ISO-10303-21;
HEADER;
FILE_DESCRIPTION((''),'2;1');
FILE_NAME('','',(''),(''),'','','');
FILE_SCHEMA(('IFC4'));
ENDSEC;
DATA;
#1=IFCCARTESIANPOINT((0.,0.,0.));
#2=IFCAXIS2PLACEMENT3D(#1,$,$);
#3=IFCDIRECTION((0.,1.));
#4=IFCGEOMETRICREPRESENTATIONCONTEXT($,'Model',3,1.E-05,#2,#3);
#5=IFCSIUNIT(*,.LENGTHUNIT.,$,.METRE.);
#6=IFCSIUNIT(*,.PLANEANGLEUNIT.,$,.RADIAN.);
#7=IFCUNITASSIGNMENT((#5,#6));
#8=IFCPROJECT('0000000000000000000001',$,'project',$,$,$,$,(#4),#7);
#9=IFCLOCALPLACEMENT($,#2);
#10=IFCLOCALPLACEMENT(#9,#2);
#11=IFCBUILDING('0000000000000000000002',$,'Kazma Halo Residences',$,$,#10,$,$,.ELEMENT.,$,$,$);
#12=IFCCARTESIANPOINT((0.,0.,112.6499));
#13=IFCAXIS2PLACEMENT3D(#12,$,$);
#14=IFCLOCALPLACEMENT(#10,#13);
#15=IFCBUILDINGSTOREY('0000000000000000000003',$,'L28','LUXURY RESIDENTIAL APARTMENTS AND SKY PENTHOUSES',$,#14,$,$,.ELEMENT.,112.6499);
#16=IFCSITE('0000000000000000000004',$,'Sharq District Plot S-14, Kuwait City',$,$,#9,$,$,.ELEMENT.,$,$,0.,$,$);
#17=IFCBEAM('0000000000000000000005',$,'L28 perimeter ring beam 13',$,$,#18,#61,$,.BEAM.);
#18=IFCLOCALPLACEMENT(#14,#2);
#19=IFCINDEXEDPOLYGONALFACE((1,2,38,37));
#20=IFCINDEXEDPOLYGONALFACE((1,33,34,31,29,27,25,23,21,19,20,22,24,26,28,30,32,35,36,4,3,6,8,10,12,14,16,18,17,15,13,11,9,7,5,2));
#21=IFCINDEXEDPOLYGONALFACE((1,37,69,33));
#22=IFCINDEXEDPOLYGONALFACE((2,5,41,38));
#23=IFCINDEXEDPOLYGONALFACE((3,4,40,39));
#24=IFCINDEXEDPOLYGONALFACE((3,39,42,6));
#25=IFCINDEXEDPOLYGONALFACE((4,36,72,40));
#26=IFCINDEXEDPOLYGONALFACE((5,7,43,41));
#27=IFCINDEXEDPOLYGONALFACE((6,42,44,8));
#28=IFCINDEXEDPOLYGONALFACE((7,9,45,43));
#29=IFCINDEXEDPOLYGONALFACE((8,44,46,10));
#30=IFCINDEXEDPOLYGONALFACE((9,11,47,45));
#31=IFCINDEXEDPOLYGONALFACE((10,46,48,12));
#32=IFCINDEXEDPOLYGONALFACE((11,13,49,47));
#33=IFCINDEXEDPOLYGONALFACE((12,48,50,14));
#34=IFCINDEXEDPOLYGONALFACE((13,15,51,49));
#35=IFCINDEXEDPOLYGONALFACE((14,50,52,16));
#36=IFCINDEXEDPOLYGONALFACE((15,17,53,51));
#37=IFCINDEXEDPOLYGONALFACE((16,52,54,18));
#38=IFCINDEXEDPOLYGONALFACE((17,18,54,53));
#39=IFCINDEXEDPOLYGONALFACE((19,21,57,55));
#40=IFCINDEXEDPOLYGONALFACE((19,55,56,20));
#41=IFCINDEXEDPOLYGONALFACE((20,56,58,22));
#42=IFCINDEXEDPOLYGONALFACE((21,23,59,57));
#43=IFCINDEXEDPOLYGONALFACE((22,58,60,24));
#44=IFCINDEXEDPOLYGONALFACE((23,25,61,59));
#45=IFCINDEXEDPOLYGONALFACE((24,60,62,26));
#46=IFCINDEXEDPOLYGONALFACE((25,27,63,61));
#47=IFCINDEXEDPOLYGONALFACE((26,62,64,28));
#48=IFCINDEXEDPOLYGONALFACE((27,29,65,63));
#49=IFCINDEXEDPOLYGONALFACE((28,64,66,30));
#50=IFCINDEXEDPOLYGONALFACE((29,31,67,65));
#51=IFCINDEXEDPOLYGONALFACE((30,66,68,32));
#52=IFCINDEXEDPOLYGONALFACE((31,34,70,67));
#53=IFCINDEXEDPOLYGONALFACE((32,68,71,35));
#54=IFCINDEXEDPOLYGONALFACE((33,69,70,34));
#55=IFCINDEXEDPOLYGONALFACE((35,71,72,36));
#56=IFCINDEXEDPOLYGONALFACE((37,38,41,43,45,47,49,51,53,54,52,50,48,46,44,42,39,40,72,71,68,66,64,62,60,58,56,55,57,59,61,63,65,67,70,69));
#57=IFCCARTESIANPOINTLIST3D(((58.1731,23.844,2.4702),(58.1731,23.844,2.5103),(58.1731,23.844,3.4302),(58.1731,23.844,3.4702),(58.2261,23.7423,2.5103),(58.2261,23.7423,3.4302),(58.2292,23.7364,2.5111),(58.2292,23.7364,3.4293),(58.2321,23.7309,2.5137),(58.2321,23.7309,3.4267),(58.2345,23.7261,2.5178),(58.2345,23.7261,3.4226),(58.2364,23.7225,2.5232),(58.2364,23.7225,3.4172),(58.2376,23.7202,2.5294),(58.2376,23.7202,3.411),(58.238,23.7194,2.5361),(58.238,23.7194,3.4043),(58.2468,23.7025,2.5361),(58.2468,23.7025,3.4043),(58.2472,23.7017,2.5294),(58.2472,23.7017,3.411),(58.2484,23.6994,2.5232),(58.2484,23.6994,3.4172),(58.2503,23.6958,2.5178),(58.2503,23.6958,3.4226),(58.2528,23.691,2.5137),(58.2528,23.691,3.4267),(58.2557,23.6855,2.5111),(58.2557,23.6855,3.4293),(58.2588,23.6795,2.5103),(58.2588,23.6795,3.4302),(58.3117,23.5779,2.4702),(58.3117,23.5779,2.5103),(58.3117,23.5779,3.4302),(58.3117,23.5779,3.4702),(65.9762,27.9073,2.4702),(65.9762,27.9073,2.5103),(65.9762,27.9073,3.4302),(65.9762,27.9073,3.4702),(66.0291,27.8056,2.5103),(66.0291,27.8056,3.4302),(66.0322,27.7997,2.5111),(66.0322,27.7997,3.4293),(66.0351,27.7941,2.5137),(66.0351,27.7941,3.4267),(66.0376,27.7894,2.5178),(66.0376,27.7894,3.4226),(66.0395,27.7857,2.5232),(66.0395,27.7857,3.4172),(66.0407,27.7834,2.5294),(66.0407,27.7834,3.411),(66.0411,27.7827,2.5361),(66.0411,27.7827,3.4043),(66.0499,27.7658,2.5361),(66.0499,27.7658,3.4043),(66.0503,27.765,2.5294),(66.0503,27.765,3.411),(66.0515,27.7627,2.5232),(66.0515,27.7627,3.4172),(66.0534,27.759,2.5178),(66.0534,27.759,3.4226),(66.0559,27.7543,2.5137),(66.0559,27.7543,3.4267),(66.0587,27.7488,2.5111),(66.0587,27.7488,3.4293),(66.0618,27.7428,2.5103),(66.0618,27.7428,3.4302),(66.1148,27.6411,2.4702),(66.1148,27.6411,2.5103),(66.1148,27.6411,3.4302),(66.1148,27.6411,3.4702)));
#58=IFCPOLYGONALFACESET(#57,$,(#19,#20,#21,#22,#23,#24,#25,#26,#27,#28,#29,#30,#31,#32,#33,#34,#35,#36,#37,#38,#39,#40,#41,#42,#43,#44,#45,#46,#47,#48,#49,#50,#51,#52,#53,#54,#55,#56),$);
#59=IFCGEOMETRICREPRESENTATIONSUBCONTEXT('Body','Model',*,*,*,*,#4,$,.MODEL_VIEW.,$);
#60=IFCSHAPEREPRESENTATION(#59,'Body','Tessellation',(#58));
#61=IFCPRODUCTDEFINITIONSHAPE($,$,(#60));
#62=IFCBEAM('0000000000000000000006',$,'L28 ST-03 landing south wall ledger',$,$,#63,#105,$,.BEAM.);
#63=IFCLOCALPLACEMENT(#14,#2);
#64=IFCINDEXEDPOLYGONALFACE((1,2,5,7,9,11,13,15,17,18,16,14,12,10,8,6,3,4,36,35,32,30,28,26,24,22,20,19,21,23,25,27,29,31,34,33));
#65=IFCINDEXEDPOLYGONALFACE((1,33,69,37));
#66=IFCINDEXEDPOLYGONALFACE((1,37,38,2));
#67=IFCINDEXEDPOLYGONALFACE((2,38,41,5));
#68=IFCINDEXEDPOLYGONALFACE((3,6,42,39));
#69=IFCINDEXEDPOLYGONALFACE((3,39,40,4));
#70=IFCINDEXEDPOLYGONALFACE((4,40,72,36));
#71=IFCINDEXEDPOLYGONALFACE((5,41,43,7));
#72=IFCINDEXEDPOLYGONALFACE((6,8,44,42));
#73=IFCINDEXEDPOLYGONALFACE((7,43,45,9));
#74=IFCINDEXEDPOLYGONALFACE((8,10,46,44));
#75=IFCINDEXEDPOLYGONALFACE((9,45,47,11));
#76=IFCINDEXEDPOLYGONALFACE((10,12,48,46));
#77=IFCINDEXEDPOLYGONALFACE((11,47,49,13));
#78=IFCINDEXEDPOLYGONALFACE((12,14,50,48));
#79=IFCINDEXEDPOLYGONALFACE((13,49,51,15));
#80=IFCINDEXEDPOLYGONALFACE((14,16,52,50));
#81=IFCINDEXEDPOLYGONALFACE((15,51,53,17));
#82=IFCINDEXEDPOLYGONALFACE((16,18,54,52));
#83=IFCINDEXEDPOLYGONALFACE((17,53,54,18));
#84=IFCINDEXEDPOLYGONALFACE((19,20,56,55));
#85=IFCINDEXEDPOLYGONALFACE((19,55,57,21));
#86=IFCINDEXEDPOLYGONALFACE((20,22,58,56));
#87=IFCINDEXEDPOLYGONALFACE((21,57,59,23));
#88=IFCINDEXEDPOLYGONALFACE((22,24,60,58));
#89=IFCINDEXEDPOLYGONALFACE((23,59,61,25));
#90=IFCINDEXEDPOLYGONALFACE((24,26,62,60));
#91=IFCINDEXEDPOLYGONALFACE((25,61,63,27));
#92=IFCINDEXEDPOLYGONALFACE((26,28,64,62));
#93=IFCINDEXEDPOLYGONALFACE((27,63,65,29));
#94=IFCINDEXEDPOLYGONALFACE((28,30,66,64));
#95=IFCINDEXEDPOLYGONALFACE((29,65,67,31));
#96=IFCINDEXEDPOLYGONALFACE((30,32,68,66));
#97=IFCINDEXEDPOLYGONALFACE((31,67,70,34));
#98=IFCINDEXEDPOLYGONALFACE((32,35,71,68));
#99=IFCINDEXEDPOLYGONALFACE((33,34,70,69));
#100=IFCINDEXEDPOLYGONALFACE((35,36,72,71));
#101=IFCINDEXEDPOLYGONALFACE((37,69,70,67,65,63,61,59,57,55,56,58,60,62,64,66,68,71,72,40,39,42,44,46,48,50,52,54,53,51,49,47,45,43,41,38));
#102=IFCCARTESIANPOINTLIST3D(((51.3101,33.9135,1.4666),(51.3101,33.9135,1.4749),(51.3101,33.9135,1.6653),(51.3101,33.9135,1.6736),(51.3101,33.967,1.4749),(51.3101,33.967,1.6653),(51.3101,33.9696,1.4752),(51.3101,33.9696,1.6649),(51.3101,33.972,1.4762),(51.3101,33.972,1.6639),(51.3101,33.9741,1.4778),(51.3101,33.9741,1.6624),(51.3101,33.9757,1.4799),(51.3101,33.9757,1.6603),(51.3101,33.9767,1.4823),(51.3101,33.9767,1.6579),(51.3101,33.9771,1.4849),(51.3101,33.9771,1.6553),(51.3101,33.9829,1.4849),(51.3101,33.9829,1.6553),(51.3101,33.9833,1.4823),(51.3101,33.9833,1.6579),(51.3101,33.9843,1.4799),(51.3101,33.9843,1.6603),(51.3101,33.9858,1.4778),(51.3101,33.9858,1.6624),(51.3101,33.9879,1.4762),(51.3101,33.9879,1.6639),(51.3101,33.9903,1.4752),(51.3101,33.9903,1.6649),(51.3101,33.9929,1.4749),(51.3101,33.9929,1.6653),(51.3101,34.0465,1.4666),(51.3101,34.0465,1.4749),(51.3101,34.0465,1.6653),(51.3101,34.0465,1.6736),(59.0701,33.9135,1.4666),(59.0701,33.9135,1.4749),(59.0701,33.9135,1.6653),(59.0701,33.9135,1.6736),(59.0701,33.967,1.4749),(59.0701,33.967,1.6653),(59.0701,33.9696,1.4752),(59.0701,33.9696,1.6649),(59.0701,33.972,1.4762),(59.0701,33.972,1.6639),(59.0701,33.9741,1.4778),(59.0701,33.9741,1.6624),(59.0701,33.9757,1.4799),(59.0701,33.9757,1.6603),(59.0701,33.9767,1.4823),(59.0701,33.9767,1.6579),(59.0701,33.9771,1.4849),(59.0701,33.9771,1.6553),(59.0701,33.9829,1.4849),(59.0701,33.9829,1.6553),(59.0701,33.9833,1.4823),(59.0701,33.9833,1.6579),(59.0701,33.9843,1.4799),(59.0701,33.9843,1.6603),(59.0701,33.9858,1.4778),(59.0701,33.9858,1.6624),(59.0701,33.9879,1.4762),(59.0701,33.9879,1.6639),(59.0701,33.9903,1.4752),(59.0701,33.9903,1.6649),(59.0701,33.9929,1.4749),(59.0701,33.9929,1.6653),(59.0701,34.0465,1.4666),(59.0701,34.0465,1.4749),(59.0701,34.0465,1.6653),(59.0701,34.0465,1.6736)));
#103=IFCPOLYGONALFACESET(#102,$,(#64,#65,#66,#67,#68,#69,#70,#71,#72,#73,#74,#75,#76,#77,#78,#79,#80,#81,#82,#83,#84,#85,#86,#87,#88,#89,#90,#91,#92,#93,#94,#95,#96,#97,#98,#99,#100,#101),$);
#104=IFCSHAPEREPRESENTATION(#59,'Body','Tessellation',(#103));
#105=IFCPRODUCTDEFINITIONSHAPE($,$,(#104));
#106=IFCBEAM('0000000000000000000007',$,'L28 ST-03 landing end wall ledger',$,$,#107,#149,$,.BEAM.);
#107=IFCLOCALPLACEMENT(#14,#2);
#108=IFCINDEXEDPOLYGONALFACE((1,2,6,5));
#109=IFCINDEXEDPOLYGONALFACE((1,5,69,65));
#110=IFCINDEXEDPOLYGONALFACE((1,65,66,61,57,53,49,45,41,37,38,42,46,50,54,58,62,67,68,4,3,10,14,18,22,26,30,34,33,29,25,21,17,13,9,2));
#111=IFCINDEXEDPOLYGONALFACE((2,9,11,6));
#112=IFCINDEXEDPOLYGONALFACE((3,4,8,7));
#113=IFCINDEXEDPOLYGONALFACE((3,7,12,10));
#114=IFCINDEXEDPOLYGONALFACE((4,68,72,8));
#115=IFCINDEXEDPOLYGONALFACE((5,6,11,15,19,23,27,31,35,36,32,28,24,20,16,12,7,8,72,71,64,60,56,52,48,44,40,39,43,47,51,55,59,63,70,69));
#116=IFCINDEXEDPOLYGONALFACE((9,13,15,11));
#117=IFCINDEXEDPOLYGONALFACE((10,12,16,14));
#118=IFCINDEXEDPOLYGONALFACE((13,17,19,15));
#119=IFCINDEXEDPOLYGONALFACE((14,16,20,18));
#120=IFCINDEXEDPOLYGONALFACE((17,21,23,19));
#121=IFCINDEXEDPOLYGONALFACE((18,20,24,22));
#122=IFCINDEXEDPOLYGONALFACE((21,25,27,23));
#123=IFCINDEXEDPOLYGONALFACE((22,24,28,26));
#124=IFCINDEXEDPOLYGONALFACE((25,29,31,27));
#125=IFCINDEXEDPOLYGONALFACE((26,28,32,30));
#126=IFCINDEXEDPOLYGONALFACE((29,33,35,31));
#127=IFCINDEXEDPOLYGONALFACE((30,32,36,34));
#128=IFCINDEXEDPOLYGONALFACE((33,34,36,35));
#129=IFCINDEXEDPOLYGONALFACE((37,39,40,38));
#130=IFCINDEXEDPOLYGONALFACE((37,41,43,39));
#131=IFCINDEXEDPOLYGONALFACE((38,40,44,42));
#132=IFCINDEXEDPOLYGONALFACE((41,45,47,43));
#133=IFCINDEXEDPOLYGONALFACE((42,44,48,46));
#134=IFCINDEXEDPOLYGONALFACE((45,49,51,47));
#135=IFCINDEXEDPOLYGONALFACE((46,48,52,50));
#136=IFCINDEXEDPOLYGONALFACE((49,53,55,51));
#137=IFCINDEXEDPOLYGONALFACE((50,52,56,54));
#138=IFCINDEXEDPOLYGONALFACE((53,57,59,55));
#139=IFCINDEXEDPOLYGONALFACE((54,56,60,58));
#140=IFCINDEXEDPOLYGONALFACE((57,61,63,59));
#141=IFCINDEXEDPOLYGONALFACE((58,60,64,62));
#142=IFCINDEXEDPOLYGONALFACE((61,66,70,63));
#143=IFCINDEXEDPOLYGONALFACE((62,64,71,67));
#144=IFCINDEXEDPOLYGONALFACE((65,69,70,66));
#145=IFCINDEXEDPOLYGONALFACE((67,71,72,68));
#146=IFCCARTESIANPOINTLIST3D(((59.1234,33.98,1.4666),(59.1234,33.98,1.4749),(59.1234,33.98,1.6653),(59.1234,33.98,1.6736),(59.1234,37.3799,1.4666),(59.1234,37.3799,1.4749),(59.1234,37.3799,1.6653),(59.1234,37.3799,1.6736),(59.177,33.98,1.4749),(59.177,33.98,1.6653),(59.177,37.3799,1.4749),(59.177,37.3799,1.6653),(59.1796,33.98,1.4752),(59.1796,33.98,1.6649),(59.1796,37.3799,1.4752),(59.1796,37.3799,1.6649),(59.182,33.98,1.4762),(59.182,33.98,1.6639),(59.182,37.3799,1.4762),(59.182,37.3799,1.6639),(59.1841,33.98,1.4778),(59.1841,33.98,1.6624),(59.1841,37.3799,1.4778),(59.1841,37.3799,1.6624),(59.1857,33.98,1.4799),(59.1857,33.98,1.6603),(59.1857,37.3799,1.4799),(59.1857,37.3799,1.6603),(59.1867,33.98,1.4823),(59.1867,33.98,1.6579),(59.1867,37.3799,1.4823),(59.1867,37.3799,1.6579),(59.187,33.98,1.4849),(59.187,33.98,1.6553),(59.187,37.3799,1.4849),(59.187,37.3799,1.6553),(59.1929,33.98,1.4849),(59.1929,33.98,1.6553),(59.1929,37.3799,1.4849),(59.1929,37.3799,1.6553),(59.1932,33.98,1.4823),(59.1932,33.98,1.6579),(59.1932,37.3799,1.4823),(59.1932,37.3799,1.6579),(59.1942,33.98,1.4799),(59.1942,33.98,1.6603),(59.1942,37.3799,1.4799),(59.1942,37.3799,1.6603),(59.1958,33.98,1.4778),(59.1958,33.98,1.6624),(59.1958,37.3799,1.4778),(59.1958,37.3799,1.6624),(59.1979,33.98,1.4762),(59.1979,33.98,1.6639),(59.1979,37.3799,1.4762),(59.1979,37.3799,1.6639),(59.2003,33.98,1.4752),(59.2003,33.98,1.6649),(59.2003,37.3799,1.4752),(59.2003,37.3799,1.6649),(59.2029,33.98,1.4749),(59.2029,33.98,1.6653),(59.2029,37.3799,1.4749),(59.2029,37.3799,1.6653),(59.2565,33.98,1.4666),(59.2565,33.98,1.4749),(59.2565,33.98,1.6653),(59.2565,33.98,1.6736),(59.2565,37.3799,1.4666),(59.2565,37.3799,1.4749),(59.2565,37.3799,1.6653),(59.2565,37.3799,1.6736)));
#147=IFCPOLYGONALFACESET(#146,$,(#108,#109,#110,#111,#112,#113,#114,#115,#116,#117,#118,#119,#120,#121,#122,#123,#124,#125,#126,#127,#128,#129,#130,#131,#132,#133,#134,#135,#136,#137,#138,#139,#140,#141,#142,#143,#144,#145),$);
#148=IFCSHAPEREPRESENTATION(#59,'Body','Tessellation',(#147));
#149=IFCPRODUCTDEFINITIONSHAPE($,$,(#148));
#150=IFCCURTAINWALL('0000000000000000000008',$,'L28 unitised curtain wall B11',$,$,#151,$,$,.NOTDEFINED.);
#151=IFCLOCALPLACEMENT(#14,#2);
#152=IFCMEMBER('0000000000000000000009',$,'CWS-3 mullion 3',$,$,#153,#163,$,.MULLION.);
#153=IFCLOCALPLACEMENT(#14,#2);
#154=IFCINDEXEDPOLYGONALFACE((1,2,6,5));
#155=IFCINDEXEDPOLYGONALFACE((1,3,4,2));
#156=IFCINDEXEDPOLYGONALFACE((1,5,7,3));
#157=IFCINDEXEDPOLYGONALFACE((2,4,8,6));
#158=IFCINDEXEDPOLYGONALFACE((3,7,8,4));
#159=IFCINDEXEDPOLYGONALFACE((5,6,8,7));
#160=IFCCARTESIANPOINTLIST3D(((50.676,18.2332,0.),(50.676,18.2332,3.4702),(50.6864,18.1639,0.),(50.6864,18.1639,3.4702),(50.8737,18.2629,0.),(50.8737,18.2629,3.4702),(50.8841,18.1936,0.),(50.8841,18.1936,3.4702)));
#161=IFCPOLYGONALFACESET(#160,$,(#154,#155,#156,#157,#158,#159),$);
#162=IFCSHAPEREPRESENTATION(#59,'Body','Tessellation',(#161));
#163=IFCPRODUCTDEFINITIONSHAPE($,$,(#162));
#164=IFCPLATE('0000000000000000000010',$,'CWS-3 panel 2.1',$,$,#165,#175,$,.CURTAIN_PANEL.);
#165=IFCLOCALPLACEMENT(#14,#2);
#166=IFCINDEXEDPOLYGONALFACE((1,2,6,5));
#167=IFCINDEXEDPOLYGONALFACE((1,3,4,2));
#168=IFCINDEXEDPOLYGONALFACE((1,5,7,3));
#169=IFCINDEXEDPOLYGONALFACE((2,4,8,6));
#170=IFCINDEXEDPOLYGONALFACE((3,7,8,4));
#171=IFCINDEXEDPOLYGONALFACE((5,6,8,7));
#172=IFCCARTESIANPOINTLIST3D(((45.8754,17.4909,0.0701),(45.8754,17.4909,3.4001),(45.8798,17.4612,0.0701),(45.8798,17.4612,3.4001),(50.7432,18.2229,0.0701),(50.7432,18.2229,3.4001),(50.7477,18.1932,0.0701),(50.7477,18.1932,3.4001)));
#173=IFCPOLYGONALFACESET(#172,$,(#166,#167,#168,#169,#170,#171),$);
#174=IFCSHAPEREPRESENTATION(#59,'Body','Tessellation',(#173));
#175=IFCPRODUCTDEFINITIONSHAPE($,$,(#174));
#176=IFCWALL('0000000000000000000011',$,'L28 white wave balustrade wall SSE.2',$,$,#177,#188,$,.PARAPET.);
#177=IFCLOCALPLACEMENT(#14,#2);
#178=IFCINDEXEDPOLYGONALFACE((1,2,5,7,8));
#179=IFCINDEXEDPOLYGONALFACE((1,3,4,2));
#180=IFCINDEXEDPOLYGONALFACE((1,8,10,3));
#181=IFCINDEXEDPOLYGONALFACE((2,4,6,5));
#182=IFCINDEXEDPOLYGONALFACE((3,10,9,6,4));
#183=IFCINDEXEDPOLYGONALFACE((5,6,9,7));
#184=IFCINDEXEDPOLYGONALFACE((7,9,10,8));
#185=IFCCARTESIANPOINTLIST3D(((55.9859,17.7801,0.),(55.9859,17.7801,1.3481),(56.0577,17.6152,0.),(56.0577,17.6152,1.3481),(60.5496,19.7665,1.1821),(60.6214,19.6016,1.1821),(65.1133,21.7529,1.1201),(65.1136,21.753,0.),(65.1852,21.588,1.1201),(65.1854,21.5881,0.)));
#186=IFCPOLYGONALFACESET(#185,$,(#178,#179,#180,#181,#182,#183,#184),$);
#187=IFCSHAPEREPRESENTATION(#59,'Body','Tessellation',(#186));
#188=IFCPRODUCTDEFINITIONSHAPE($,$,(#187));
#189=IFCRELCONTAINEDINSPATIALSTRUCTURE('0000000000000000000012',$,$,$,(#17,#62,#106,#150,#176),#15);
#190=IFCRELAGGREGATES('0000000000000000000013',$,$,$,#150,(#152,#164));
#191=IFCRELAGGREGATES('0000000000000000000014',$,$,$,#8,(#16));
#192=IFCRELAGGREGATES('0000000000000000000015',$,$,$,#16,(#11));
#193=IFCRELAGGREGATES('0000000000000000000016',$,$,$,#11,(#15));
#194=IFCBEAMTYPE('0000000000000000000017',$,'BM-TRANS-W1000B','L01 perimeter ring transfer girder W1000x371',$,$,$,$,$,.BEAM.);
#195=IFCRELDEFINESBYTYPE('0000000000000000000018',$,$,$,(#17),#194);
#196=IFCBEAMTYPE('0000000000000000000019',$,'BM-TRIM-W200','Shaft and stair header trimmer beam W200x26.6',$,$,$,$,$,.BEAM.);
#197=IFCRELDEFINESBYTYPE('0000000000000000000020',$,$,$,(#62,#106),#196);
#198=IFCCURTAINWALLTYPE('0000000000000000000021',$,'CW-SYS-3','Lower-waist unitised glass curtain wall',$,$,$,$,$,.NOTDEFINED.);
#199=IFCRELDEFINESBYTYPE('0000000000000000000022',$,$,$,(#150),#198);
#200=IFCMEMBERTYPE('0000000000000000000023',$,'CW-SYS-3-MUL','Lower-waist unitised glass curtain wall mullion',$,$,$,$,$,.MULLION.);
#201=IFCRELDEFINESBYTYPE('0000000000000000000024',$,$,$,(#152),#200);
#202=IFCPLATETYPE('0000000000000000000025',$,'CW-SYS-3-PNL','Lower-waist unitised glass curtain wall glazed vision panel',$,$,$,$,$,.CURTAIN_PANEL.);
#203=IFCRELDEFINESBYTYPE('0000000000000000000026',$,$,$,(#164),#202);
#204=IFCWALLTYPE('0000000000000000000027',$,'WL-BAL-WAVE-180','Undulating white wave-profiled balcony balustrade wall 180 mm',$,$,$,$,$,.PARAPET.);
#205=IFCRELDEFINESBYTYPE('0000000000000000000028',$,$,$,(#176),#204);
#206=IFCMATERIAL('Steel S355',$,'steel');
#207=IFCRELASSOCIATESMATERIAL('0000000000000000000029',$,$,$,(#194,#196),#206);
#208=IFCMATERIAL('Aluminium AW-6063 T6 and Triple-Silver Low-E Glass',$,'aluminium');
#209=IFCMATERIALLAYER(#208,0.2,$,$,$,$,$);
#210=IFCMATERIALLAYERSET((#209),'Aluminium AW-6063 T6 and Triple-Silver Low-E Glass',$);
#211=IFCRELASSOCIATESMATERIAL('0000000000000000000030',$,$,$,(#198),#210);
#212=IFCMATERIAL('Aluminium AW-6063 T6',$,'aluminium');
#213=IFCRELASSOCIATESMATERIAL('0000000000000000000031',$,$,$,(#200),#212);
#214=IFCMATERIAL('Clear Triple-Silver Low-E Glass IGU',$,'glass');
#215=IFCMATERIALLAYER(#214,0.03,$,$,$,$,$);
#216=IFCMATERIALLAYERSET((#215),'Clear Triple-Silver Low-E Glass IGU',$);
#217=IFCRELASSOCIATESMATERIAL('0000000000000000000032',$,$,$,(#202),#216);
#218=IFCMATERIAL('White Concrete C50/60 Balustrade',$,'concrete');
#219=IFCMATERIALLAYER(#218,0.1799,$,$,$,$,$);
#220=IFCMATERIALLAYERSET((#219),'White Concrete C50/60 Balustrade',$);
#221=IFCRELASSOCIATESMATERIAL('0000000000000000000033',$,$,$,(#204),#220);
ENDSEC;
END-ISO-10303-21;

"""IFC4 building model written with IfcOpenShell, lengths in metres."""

from ifc_helpers import new_model, si_unit, direction, frame, origin, origin_2d, place, context, subcontext, project, spatial, polyline, rectangle, i_section, outline, extrude, material, layer, layer_set, material_profile, profile_set, type_object, element, aggregate, save


model = new_model("IFC4")

# Units and contexts
model_context = context("Model", 3, precision=1e-05, world=origin(), true_north=direction((0.0, 1.0)))
body_context = subcontext(model_context, "Body", "Model", "MODEL_VIEW")
ifc_project = project(units=[si_unit("LENGTHUNIT", "METRE"), si_unit("PLANEANGLEUNIT", "RADIAN")], contexts=[model_context])

# Site, building, storey
site_placement = place(None, origin())
site = spatial("IfcSite", under=ifc_project, at=site_placement, Name="Sharq District Plot S-14, Kuwait City", CompositionType="ELEMENT", RefElevation=0.0)
building_placement = place(site_placement, origin())
building = spatial("IfcBuilding", under=site, at=building_placement, Name="Kazma Halo Residences", CompositionType="ELEMENT")
storey_placement = place(building_placement, frame((0.0, 0.0, 112.6499)))
storey = spatial("IfcBuildingStorey", under=building, at=storey_placement, Name="L28", Description="LUXURY RESIDENTIAL APARTMENTS AND SKY PENTHOUSES", CompositionType="ELEMENT", Elevation=112.6499)

# Beams
ifc_material_1 = material(Name="Steel S355", Category="steel")
ifc_material_profile_1 = material_profile(ifc_material_1, i_section(OverallWidth=0.3, OverallDepth=1.0, WebThickness=0.019, FlangeThickness=0.04, FilletRadius=0.0259, at=origin_2d()), Name="W1000x371")
ifc_profile_set_1 = profile_set([ifc_material_profile_1], Name="Steel S355")
beam_type_1 = type_object("IfcBeamType", Name="BM-TRANS-W1000B", Description="L01 perimeter ring transfer girder W1000x371", PredefinedType="BEAM", material=ifc_profile_set_1)
beam_1_placement = place(storey_placement, frame((58.2424, 23.7109, 2.9702), z_axis=(0.886952, 0.461861, 0.0), x_axis=(-0.461861, 0.886952, 0.0)))
element("IfcBeam", 1, at=beam_1_placement, inside=storey, type_object=beam_type_1, Name="L28 perimeter ring beam 13", PredefinedType="BEAM", context=body_context, shape_type="SweptSolid", body=[
    extrude(i_section(OverallWidth=0.3, OverallDepth=1.0, WebThickness=0.019, FlangeThickness=0.04, FilletRadius=0.0259, at=origin_2d()), origin(), (0.0, 0.0, 1.0), 8.7976),
])
ifc_material_profile_2 = material_profile(ifc_material_1, i_section(OverallWidth=0.1331, OverallDepth=0.207, WebThickness=0.0059, FlangeThickness=0.0083, FilletRadius=0.01, at=origin_2d()), Name="W200x26.6")
ifc_profile_set_2 = profile_set([ifc_material_profile_2], Name="Steel S355")
beam_type_2 = type_object("IfcBeamType", Name="BM-TRIM-W200", Description="Shaft and stair header trimmer beam W200x26.6", PredefinedType="BEAM", material=ifc_profile_set_2)
beam_2_placement = place(storey_placement, frame((51.3101, 33.98, 1.5701), z_axis=(1.0, 0.0, 0.0), x_axis=(0.0, 1.0, 0.0)))
element("IfcBeam", 2, at=beam_2_placement, inside=storey, type_object=beam_type_2, Name="L28 ST-03 landing south wall ledger", PredefinedType="BEAM", context=body_context, shape_type="SweptSolid", body=[
    extrude(i_section(OverallWidth=0.1331, OverallDepth=0.207, WebThickness=0.0059, FlangeThickness=0.0083, FilletRadius=0.01, at=origin_2d()), origin(), (0.0, 0.0, 1.0), 7.76),
])
beam_3_placement = place(storey_placement, frame((59.1899, 33.98, 1.5701), z_axis=(0.0, 1.0, 0.0), x_axis=(-1.0, 0.0, 0.0)))
element("IfcBeam", 3, at=beam_3_placement, inside=storey, type_object=beam_type_2, Name="L28 ST-03 landing end wall ledger", PredefinedType="BEAM", context=body_context, shape_type="SweptSolid", body=[
    extrude(i_section(OverallWidth=0.1331, OverallDepth=0.207, WebThickness=0.0059, FlangeThickness=0.0083, FilletRadius=0.01, at=origin_2d()), origin(), (0.0, 0.0, 1.0), 3.3999),
])

# Curtain wall, member, plate
ifc_material_2 = material(Name="Aluminium AW-6063 T6 and Triple-Silver Low-E Glass", Category="aluminium")
ifc_layer_1 = layer(ifc_material_2, 0.2)
ifc_layer_set_1 = layer_set([ifc_layer_1], Name="Aluminium AW-6063 T6 and Triple-Silver Low-E Glass")
curtain_wall_type = type_object("IfcCurtainWallType", Name="CW-SYS-3", Description="Lower-waist unitised glass curtain wall", PredefinedType="NOTDEFINED", material=ifc_layer_set_1)
curtain_wall_placement = place(storey_placement, origin())
curtain_wall = element("IfcCurtainWall", 4, at=curtain_wall_placement, inside=storey, type_object=curtain_wall_type, Name="L28 unitised curtain wall B11", PredefinedType="NOTDEFINED")
ifc_material_3 = material(Name="Aluminium AW-6063 T6", Category="aluminium")
ifc_material_profile_3 = material_profile(ifc_material_3, rectangle(XDim=0.0701, YDim=0.2, at=origin_2d()), Name="CWM-70x200")
ifc_profile_set_3 = profile_set([ifc_material_profile_3], Name="Aluminium AW-6063 T6")
member_type = type_object("IfcMemberType", Name="CW-SYS-3-MUL", Description="Lower-waist unitised glass curtain wall mullion", PredefinedType="MULLION", material=ifc_profile_set_3)
member_placement = place(storey_placement, frame((50.78, 18.2134, 0.0), z_axis=(0.0, 0.0, 1.0), x_axis=(-0.148717, 0.98888, 0.0)))
member = element("IfcMember", 5, at=member_placement, type_object=member_type, Name="CWS-3 mullion 3", PredefinedType="MULLION", context=body_context, shape_type="SweptSolid", body=[
    extrude(rectangle(XDim=0.0701, YDim=0.2, at=origin_2d()), origin(), (0.0, 0.0, 1.0), 3.4702),
])
ifc_material_4 = material(Name="Clear Triple-Silver Low-E Glass IGU", Category="glass")
ifc_layer_2 = layer(ifc_material_4, 0.03)
ifc_layer_set_2 = layer_set([ifc_layer_2], Name="Clear Triple-Silver Low-E Glass IGU")
plate_type = type_object("IfcPlateType", Name="CW-SYS-3-PNL", Description="Lower-waist unitised glass curtain wall glazed vision panel", PredefinedType="CURTAIN_PANEL", material=ifc_layer_set_2)
plate_placement = place(storey_placement, frame((48.3115, 17.842, 0.0701), z_axis=(0.0, 0.0, 1.0), x_axis=(0.98888, 0.148717, 0.0)))
plate = element("IfcPlate", 6, at=plate_placement, type_object=plate_type, Name="CWS-3 panel 2.1", PredefinedType="CURTAIN_PANEL", context=body_context, shape_type="SweptSolid", body=[
    extrude(rectangle(XDim=4.9226, YDim=0.03, at=origin_2d()), origin(), (0.0, 0.0, 1.0), 3.3301),
])
aggregate(curtain_wall, [member, plate])

# Wall
ifc_material_5 = material(Name="White Concrete C50/60 Balustrade", Category="concrete")
ifc_layer_3 = layer(ifc_material_5, 0.1799)
ifc_layer_set_3 = layer_set([ifc_layer_3], Name="White Concrete C50/60 Balustrade")
wall_type_1 = type_object("IfcWallType", Name="WL-BAL-WAVE-180", Description="Undulating white wave-profiled balcony balustrade wall 180 mm", PredefinedType="PARAPET", material=ifc_layer_set_3)
wall_1_placement = place(storey_placement, frame((56.0217, 17.6978, 0.0), z_axis=(0.0, 0.0, 1.0), x_axis=(0.916911, 0.399093, 0.0)))
element("IfcWall", 7, at=wall_1_placement, inside=storey, type_object=wall_type_1, Name="L28 white wave balustrade wall SSE.2", PredefinedType="PARAPET", context=body_context, shape_type="SweptSolid", body=[
    extrude(outline(polyline([(0.0, 0.0), (9.9548, 0.0), (9.9546, 1.1201), (4.9773, 1.1821), (0.0, 1.3481), (0.0, 0.0)])), frame((0.0, 0.0898, 0.0), z_axis=(0.0, -1.0, 0.0), x_axis=(1.0, 0.0, 0.0)), (0.0, 0.0, 1.0), 0.1799),
])

save(model, "model.ifc")
